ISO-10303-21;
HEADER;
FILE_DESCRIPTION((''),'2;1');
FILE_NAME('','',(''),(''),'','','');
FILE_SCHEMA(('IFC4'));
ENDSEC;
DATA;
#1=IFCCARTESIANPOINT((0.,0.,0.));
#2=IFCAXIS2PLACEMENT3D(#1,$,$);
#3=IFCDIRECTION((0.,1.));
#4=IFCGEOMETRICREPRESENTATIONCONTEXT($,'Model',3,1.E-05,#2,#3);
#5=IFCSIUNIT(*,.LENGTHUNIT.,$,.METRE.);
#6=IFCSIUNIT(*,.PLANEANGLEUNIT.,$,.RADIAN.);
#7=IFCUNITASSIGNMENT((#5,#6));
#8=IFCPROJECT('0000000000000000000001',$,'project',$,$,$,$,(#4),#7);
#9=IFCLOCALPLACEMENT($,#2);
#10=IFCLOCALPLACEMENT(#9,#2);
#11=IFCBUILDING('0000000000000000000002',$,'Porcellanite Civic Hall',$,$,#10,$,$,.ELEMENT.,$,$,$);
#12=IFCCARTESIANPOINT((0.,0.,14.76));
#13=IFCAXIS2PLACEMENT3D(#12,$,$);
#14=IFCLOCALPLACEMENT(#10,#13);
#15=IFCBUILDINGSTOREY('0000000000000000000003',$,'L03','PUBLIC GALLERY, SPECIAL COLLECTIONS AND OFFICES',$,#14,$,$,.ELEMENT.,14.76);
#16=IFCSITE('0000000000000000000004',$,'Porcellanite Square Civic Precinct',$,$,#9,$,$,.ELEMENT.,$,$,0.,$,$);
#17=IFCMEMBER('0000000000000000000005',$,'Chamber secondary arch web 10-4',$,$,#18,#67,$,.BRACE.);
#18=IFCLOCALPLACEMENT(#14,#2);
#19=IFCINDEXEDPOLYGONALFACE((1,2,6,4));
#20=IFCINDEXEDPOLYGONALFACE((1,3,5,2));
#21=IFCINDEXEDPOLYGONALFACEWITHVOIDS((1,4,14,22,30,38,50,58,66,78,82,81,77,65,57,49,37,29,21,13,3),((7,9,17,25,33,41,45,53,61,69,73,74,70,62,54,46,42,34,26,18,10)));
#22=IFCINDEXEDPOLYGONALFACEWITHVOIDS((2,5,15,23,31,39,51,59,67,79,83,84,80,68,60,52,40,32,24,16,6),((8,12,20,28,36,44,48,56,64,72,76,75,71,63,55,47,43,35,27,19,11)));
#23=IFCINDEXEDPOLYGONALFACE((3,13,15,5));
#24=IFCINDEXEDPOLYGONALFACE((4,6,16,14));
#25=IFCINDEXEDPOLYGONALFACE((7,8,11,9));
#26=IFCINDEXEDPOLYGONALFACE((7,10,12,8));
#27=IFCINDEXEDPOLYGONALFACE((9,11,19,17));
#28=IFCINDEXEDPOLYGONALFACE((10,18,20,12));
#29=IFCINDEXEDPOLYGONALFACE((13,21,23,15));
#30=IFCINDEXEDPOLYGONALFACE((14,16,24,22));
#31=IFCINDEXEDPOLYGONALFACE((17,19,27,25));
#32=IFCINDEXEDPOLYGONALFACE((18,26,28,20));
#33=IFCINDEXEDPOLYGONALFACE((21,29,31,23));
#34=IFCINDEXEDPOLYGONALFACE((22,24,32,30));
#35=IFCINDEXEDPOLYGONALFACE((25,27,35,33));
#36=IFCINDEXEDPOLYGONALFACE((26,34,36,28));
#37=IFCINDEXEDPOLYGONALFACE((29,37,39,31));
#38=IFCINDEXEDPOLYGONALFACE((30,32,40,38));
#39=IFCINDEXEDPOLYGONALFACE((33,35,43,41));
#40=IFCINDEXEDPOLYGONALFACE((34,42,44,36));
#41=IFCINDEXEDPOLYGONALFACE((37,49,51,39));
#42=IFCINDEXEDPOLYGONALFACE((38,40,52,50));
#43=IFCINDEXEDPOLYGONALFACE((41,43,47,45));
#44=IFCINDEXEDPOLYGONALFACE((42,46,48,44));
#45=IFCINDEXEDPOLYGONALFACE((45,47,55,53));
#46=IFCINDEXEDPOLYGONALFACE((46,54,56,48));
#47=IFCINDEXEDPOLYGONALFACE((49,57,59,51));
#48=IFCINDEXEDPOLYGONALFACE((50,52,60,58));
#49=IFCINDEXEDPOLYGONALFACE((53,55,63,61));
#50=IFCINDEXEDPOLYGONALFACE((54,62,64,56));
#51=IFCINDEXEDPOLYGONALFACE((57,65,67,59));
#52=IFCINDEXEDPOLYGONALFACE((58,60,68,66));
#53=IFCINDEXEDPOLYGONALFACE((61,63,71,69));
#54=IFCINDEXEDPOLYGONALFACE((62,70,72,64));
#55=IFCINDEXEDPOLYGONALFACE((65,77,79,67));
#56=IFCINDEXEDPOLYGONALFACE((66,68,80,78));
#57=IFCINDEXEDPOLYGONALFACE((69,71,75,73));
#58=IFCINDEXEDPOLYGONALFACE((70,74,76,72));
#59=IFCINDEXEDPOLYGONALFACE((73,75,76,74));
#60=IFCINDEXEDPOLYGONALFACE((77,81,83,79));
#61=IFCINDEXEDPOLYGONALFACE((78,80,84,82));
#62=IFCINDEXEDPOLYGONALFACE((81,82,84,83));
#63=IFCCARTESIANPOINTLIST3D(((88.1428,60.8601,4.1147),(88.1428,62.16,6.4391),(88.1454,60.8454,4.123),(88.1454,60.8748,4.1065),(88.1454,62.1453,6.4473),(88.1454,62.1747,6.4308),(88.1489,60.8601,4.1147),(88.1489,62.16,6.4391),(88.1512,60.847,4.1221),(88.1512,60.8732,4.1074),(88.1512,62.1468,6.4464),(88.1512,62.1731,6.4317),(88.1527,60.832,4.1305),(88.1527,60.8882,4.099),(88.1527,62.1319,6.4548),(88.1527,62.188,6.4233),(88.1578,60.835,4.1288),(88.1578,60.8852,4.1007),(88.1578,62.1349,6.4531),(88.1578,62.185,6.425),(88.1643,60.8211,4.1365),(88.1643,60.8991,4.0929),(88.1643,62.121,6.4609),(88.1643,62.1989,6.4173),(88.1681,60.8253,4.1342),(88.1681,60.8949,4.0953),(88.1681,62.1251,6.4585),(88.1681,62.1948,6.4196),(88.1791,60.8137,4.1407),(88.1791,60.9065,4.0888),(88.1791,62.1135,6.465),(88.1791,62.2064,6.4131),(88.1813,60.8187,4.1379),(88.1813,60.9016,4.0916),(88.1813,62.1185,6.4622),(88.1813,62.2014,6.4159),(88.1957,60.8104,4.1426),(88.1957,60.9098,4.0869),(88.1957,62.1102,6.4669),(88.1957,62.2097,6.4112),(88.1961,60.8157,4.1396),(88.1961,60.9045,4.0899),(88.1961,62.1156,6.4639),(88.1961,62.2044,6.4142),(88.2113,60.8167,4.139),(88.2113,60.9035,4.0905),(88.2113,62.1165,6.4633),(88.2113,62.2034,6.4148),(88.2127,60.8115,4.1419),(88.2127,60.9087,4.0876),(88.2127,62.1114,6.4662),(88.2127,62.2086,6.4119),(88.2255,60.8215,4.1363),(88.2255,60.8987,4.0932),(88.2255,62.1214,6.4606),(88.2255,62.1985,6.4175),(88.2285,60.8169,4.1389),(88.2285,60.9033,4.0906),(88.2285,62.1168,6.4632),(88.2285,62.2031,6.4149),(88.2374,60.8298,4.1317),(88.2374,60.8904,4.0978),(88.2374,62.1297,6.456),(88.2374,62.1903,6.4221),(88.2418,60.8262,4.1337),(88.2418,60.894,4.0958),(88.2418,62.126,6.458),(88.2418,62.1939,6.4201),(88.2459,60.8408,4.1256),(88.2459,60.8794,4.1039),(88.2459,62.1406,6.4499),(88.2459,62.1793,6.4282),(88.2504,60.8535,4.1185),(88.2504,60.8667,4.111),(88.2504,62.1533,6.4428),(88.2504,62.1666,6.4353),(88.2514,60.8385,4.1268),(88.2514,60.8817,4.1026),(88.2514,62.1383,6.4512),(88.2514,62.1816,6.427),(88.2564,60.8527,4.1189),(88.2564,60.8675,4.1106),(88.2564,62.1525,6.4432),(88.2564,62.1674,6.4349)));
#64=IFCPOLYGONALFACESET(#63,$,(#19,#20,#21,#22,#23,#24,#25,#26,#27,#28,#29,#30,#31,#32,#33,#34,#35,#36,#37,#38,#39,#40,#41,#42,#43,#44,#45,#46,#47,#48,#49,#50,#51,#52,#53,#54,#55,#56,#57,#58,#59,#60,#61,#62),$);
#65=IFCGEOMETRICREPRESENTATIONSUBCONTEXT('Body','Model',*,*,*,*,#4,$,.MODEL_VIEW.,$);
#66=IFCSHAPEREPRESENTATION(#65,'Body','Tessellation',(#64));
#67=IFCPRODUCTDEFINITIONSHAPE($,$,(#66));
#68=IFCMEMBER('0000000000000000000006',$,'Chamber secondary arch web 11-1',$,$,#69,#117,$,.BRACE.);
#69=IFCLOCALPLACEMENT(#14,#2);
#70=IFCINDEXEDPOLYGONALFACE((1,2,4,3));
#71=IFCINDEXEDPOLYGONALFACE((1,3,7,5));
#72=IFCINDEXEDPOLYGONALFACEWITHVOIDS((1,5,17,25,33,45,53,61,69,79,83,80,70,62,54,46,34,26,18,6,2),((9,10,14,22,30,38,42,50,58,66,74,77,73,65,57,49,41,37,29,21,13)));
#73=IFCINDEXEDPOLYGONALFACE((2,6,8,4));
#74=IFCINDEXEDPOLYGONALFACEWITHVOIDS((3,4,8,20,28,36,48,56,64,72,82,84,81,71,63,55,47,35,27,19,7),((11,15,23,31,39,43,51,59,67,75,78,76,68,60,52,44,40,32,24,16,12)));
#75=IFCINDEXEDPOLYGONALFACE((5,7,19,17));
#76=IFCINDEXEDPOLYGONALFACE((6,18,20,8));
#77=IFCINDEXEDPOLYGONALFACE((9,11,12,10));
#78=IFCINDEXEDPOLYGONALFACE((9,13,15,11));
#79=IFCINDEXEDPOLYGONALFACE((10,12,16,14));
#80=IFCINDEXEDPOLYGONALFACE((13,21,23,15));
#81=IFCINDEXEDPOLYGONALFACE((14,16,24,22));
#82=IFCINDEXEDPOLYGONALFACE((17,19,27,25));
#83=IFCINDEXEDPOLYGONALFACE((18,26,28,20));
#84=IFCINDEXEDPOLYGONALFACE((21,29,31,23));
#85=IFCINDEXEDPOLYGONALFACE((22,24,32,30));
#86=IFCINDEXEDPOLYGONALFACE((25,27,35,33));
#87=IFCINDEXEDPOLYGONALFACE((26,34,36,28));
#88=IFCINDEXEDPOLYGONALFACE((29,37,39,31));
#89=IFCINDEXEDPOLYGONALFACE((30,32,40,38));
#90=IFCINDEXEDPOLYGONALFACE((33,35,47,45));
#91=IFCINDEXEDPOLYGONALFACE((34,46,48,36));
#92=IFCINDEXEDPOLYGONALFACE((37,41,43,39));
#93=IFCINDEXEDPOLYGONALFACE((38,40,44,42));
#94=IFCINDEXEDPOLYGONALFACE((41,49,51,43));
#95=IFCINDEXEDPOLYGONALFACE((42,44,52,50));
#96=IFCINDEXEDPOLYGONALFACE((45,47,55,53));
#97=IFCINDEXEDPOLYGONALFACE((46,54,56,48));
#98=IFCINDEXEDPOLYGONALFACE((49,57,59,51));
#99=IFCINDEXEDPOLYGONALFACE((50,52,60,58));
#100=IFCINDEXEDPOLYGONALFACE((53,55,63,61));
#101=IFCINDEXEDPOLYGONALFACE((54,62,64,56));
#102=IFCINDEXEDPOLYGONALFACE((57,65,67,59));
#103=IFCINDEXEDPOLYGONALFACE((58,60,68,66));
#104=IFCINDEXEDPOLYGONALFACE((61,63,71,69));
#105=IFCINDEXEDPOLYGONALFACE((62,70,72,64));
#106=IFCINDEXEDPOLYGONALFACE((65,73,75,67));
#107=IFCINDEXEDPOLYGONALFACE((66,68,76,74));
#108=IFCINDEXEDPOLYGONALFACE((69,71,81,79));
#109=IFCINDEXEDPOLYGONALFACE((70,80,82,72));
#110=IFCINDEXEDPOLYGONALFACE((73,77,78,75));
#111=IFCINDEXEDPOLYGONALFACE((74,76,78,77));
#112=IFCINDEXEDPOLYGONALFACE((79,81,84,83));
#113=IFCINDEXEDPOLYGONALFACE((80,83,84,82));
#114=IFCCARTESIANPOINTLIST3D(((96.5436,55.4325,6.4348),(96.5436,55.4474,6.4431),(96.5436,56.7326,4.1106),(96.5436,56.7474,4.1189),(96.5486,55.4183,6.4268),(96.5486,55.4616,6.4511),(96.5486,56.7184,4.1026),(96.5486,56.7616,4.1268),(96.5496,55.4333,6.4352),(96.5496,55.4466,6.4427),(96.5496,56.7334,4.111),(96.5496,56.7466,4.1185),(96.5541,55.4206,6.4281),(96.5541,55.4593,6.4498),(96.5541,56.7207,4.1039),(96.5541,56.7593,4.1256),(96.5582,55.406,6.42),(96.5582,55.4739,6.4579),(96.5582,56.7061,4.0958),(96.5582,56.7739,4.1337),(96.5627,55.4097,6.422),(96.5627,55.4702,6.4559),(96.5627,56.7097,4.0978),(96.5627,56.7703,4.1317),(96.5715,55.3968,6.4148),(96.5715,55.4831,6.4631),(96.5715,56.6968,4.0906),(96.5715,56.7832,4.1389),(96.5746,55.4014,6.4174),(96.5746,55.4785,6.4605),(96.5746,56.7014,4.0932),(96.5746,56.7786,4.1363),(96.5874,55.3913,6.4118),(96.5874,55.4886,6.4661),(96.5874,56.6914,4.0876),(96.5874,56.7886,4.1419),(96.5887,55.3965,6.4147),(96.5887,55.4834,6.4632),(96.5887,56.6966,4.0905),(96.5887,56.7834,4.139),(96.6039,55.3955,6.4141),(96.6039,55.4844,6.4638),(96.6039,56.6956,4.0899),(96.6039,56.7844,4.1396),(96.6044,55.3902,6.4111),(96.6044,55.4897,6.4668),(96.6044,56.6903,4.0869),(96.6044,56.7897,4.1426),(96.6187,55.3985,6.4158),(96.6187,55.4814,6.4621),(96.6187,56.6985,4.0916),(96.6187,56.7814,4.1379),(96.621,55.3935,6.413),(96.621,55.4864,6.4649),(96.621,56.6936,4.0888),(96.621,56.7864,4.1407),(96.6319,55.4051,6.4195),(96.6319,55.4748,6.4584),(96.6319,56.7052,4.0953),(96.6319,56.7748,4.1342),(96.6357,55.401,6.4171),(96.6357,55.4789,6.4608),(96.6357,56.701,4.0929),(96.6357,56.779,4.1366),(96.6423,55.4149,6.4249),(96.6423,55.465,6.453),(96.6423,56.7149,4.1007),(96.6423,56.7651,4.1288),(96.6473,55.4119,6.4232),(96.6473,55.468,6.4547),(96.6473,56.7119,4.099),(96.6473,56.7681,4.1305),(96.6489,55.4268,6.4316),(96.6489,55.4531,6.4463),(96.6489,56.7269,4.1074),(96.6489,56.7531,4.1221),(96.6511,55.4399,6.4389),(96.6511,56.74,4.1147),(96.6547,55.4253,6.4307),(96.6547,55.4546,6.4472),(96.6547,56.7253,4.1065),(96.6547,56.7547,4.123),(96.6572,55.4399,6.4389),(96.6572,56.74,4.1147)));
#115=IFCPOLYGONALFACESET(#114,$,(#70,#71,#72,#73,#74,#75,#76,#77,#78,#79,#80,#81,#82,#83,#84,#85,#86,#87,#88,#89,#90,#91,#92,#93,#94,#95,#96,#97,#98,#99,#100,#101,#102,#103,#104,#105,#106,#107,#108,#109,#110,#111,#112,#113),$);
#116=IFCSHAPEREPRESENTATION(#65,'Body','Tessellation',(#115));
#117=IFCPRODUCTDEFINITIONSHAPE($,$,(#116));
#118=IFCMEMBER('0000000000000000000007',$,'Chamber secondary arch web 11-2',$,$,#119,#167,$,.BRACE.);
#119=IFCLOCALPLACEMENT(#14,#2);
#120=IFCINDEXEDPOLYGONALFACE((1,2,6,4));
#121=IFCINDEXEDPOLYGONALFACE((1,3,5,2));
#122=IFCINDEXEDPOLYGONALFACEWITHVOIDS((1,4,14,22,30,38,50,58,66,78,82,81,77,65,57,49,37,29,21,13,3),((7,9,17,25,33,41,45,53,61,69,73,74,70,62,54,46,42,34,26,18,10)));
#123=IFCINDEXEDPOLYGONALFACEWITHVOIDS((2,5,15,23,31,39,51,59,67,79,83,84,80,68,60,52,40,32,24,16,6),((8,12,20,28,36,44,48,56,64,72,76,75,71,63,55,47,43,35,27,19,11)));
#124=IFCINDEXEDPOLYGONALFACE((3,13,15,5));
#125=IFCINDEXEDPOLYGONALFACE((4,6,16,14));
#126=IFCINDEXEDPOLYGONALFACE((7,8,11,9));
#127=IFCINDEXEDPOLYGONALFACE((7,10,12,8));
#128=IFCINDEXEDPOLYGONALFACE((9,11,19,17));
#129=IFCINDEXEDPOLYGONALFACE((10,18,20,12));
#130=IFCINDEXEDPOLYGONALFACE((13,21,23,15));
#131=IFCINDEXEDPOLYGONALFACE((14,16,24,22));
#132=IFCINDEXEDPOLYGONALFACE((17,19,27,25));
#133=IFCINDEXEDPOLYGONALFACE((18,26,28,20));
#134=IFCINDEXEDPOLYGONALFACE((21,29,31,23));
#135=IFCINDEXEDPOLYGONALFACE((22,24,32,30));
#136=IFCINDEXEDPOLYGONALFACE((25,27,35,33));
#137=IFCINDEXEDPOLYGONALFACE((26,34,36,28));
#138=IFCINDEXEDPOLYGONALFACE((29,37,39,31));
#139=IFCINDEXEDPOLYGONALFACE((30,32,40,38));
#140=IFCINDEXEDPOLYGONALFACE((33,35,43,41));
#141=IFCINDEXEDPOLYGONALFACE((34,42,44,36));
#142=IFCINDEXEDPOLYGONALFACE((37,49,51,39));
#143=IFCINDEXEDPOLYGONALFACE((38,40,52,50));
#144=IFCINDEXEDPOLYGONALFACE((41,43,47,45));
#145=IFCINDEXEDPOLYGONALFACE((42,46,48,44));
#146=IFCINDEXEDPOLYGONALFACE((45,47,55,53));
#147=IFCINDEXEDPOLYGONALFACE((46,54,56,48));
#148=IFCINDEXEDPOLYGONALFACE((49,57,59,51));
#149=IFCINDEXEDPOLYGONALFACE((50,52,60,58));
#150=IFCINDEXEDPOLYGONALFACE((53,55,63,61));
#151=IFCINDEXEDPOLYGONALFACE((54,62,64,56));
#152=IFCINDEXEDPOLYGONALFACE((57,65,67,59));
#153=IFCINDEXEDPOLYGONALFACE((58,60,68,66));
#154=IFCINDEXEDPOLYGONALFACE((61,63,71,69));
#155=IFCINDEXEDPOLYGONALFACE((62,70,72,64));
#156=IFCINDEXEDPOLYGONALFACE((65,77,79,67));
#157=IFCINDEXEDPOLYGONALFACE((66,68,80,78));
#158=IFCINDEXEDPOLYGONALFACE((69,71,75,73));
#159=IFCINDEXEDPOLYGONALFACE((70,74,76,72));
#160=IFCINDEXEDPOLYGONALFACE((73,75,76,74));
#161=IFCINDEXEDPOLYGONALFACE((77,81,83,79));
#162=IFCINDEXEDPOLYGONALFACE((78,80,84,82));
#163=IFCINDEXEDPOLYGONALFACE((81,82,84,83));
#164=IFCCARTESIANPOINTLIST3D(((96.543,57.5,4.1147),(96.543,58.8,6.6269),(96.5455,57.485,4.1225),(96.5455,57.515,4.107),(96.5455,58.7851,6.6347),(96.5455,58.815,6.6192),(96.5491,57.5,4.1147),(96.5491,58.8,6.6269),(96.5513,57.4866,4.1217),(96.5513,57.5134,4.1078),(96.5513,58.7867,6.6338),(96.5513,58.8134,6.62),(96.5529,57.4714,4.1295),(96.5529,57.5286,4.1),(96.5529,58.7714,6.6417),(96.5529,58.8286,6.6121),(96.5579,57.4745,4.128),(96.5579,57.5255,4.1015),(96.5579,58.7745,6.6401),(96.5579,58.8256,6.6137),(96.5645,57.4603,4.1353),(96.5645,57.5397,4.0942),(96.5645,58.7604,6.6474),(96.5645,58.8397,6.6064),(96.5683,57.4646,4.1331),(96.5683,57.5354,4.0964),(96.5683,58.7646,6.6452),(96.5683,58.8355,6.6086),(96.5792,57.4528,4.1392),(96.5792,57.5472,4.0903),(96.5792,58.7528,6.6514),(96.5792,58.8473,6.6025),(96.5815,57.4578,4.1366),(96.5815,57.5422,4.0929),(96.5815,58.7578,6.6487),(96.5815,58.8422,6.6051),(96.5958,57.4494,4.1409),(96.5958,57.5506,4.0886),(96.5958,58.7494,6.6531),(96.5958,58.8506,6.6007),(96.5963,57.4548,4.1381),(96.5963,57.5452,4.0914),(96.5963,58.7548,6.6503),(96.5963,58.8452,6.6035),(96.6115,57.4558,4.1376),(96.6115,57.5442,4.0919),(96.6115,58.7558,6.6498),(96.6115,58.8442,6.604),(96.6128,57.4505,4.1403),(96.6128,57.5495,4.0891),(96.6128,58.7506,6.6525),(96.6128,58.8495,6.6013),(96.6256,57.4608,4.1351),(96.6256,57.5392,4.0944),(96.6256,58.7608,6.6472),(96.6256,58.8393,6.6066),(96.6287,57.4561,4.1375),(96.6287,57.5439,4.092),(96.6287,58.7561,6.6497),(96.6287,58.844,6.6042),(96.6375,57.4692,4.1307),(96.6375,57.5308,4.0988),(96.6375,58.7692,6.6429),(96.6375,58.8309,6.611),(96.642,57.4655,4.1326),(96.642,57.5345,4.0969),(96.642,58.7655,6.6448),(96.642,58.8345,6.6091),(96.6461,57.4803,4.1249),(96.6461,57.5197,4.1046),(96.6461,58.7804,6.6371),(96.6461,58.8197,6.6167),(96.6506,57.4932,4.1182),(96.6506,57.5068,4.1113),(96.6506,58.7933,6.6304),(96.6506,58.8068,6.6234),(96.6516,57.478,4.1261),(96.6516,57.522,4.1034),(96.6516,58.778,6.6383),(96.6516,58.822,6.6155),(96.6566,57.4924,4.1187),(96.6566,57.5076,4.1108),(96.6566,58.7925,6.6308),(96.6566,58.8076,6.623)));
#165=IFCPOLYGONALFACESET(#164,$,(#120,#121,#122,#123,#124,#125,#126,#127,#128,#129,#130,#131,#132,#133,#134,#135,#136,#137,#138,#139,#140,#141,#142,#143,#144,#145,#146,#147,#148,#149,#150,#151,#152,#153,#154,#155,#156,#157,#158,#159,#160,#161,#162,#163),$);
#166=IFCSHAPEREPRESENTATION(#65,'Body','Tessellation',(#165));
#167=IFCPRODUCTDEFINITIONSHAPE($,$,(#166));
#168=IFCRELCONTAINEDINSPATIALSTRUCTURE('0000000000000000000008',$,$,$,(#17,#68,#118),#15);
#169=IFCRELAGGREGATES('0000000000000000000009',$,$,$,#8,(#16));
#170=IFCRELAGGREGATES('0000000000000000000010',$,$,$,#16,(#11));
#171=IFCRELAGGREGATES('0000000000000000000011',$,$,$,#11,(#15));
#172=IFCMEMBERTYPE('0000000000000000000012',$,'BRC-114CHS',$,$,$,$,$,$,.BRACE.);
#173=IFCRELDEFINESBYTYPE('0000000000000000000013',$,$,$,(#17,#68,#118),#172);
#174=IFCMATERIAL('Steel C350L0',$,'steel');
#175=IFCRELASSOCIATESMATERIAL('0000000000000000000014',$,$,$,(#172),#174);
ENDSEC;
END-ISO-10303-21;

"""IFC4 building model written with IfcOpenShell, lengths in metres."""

from ifc_helpers import new_model, si_unit, direction, frame, origin, origin_2d, place, context, subcontext, project, spatial, hollow_circle, extrude, material, material_profile, profile_set, type_object, element, save


model = new_model("IFC4")

# Units and contexts
model_context = context("Model", 3, precision=1e-05, world=origin(), true_north=direction((0.0, 1.0)))
body_context = subcontext(model_context, "Body", "Model", "MODEL_VIEW")
ifc_project = project(units=[si_unit("LENGTHUNIT", "METRE"), si_unit("PLANEANGLEUNIT", "RADIAN")], contexts=[model_context])

# Site, building, storey
site_placement = place(None, origin())
site = spatial("IfcSite", under=ifc_project, at=site_placement, Name="Porcellanite Square Civic Precinct", CompositionType="ELEMENT", RefElevation=0.0)
building_placement = place(site_placement, origin())
building = spatial("IfcBuilding", under=site, at=building_placement, Name="Porcellanite Civic Hall", CompositionType="ELEMENT")
storey_placement = place(building_placement, frame((0.0, 0.0, 14.76)))
storey = spatial("IfcBuildingStorey", under=building, at=storey_placement, Name="L03", Description="PUBLIC GALLERY, SPECIAL COLLECTIONS AND OFFICES", CompositionType="ELEMENT", Elevation=14.76)

# Members
ifc_material_1 = material(Name="Steel C350L0", Category="steel")
ifc_material_profile_1 = material_profile(ifc_material_1, hollow_circle(Radius=0.0571, WallThickness=0.0061, at=origin_2d()), Name="114.3x6.0CHS")
ifc_profile_set_1 = profile_set([ifc_material_profile_1], Name="Steel C350L0")
member_type_1 = type_object("IfcMemberType", Name="BRC-114CHS", PredefinedType="BRACE", material=ifc_profile_set_1)
for number, where, z_axis, x_axis, name in (
    (1, (88.2, 60.8601, 4.1147), (0.0, 0.488101, 0.872787), (-1.0, 0.0, 0.0), "Chamber secondary arch web 10-4"),
    (2, (96.6001, 56.74, 4.1147), (0.0, -0.488171, 0.872748), (1.0, 0.0, 0.0), "Chamber secondary arch web 11-1"),
):
    element("IfcMember", number, at=place(storey_placement, frame(where, z_axis=z_axis, x_axis=x_axis)), inside=storey, type_object=member_type_1, Name=name, PredefinedType="BRACE", context=body_context, shape_type="SweptSolid", body=[
        extrude(hollow_circle(Radius=0.0571, WallThickness=0.0061, at=origin_2d()), origin(), (0.0, 0.0, 1.0), 2.6631),
    ])
for number, where, z_axis, x_axis, name in (
    (3, (96.6001, 57.5, 4.1147), (0.0, 0.459599, 0.888127), (-1.0, 0.0, 0.0), "Chamber secondary arch web 11-2"),
):
    element("IfcMember", number, at=place(storey_placement, frame(where, z_axis=z_axis, x_axis=x_axis)), inside=storey, type_object=member_type_1, Name=name, PredefinedType="BRACE", context=body_context, shape_type="SweptSolid", body=[
        extrude(hollow_circle(Radius=0.0571, WallThickness=0.0061, at=origin_2d()), origin(), (0.0, 0.0, 1.0), 2.8286),
    ])

save(model, "model.ifc")
